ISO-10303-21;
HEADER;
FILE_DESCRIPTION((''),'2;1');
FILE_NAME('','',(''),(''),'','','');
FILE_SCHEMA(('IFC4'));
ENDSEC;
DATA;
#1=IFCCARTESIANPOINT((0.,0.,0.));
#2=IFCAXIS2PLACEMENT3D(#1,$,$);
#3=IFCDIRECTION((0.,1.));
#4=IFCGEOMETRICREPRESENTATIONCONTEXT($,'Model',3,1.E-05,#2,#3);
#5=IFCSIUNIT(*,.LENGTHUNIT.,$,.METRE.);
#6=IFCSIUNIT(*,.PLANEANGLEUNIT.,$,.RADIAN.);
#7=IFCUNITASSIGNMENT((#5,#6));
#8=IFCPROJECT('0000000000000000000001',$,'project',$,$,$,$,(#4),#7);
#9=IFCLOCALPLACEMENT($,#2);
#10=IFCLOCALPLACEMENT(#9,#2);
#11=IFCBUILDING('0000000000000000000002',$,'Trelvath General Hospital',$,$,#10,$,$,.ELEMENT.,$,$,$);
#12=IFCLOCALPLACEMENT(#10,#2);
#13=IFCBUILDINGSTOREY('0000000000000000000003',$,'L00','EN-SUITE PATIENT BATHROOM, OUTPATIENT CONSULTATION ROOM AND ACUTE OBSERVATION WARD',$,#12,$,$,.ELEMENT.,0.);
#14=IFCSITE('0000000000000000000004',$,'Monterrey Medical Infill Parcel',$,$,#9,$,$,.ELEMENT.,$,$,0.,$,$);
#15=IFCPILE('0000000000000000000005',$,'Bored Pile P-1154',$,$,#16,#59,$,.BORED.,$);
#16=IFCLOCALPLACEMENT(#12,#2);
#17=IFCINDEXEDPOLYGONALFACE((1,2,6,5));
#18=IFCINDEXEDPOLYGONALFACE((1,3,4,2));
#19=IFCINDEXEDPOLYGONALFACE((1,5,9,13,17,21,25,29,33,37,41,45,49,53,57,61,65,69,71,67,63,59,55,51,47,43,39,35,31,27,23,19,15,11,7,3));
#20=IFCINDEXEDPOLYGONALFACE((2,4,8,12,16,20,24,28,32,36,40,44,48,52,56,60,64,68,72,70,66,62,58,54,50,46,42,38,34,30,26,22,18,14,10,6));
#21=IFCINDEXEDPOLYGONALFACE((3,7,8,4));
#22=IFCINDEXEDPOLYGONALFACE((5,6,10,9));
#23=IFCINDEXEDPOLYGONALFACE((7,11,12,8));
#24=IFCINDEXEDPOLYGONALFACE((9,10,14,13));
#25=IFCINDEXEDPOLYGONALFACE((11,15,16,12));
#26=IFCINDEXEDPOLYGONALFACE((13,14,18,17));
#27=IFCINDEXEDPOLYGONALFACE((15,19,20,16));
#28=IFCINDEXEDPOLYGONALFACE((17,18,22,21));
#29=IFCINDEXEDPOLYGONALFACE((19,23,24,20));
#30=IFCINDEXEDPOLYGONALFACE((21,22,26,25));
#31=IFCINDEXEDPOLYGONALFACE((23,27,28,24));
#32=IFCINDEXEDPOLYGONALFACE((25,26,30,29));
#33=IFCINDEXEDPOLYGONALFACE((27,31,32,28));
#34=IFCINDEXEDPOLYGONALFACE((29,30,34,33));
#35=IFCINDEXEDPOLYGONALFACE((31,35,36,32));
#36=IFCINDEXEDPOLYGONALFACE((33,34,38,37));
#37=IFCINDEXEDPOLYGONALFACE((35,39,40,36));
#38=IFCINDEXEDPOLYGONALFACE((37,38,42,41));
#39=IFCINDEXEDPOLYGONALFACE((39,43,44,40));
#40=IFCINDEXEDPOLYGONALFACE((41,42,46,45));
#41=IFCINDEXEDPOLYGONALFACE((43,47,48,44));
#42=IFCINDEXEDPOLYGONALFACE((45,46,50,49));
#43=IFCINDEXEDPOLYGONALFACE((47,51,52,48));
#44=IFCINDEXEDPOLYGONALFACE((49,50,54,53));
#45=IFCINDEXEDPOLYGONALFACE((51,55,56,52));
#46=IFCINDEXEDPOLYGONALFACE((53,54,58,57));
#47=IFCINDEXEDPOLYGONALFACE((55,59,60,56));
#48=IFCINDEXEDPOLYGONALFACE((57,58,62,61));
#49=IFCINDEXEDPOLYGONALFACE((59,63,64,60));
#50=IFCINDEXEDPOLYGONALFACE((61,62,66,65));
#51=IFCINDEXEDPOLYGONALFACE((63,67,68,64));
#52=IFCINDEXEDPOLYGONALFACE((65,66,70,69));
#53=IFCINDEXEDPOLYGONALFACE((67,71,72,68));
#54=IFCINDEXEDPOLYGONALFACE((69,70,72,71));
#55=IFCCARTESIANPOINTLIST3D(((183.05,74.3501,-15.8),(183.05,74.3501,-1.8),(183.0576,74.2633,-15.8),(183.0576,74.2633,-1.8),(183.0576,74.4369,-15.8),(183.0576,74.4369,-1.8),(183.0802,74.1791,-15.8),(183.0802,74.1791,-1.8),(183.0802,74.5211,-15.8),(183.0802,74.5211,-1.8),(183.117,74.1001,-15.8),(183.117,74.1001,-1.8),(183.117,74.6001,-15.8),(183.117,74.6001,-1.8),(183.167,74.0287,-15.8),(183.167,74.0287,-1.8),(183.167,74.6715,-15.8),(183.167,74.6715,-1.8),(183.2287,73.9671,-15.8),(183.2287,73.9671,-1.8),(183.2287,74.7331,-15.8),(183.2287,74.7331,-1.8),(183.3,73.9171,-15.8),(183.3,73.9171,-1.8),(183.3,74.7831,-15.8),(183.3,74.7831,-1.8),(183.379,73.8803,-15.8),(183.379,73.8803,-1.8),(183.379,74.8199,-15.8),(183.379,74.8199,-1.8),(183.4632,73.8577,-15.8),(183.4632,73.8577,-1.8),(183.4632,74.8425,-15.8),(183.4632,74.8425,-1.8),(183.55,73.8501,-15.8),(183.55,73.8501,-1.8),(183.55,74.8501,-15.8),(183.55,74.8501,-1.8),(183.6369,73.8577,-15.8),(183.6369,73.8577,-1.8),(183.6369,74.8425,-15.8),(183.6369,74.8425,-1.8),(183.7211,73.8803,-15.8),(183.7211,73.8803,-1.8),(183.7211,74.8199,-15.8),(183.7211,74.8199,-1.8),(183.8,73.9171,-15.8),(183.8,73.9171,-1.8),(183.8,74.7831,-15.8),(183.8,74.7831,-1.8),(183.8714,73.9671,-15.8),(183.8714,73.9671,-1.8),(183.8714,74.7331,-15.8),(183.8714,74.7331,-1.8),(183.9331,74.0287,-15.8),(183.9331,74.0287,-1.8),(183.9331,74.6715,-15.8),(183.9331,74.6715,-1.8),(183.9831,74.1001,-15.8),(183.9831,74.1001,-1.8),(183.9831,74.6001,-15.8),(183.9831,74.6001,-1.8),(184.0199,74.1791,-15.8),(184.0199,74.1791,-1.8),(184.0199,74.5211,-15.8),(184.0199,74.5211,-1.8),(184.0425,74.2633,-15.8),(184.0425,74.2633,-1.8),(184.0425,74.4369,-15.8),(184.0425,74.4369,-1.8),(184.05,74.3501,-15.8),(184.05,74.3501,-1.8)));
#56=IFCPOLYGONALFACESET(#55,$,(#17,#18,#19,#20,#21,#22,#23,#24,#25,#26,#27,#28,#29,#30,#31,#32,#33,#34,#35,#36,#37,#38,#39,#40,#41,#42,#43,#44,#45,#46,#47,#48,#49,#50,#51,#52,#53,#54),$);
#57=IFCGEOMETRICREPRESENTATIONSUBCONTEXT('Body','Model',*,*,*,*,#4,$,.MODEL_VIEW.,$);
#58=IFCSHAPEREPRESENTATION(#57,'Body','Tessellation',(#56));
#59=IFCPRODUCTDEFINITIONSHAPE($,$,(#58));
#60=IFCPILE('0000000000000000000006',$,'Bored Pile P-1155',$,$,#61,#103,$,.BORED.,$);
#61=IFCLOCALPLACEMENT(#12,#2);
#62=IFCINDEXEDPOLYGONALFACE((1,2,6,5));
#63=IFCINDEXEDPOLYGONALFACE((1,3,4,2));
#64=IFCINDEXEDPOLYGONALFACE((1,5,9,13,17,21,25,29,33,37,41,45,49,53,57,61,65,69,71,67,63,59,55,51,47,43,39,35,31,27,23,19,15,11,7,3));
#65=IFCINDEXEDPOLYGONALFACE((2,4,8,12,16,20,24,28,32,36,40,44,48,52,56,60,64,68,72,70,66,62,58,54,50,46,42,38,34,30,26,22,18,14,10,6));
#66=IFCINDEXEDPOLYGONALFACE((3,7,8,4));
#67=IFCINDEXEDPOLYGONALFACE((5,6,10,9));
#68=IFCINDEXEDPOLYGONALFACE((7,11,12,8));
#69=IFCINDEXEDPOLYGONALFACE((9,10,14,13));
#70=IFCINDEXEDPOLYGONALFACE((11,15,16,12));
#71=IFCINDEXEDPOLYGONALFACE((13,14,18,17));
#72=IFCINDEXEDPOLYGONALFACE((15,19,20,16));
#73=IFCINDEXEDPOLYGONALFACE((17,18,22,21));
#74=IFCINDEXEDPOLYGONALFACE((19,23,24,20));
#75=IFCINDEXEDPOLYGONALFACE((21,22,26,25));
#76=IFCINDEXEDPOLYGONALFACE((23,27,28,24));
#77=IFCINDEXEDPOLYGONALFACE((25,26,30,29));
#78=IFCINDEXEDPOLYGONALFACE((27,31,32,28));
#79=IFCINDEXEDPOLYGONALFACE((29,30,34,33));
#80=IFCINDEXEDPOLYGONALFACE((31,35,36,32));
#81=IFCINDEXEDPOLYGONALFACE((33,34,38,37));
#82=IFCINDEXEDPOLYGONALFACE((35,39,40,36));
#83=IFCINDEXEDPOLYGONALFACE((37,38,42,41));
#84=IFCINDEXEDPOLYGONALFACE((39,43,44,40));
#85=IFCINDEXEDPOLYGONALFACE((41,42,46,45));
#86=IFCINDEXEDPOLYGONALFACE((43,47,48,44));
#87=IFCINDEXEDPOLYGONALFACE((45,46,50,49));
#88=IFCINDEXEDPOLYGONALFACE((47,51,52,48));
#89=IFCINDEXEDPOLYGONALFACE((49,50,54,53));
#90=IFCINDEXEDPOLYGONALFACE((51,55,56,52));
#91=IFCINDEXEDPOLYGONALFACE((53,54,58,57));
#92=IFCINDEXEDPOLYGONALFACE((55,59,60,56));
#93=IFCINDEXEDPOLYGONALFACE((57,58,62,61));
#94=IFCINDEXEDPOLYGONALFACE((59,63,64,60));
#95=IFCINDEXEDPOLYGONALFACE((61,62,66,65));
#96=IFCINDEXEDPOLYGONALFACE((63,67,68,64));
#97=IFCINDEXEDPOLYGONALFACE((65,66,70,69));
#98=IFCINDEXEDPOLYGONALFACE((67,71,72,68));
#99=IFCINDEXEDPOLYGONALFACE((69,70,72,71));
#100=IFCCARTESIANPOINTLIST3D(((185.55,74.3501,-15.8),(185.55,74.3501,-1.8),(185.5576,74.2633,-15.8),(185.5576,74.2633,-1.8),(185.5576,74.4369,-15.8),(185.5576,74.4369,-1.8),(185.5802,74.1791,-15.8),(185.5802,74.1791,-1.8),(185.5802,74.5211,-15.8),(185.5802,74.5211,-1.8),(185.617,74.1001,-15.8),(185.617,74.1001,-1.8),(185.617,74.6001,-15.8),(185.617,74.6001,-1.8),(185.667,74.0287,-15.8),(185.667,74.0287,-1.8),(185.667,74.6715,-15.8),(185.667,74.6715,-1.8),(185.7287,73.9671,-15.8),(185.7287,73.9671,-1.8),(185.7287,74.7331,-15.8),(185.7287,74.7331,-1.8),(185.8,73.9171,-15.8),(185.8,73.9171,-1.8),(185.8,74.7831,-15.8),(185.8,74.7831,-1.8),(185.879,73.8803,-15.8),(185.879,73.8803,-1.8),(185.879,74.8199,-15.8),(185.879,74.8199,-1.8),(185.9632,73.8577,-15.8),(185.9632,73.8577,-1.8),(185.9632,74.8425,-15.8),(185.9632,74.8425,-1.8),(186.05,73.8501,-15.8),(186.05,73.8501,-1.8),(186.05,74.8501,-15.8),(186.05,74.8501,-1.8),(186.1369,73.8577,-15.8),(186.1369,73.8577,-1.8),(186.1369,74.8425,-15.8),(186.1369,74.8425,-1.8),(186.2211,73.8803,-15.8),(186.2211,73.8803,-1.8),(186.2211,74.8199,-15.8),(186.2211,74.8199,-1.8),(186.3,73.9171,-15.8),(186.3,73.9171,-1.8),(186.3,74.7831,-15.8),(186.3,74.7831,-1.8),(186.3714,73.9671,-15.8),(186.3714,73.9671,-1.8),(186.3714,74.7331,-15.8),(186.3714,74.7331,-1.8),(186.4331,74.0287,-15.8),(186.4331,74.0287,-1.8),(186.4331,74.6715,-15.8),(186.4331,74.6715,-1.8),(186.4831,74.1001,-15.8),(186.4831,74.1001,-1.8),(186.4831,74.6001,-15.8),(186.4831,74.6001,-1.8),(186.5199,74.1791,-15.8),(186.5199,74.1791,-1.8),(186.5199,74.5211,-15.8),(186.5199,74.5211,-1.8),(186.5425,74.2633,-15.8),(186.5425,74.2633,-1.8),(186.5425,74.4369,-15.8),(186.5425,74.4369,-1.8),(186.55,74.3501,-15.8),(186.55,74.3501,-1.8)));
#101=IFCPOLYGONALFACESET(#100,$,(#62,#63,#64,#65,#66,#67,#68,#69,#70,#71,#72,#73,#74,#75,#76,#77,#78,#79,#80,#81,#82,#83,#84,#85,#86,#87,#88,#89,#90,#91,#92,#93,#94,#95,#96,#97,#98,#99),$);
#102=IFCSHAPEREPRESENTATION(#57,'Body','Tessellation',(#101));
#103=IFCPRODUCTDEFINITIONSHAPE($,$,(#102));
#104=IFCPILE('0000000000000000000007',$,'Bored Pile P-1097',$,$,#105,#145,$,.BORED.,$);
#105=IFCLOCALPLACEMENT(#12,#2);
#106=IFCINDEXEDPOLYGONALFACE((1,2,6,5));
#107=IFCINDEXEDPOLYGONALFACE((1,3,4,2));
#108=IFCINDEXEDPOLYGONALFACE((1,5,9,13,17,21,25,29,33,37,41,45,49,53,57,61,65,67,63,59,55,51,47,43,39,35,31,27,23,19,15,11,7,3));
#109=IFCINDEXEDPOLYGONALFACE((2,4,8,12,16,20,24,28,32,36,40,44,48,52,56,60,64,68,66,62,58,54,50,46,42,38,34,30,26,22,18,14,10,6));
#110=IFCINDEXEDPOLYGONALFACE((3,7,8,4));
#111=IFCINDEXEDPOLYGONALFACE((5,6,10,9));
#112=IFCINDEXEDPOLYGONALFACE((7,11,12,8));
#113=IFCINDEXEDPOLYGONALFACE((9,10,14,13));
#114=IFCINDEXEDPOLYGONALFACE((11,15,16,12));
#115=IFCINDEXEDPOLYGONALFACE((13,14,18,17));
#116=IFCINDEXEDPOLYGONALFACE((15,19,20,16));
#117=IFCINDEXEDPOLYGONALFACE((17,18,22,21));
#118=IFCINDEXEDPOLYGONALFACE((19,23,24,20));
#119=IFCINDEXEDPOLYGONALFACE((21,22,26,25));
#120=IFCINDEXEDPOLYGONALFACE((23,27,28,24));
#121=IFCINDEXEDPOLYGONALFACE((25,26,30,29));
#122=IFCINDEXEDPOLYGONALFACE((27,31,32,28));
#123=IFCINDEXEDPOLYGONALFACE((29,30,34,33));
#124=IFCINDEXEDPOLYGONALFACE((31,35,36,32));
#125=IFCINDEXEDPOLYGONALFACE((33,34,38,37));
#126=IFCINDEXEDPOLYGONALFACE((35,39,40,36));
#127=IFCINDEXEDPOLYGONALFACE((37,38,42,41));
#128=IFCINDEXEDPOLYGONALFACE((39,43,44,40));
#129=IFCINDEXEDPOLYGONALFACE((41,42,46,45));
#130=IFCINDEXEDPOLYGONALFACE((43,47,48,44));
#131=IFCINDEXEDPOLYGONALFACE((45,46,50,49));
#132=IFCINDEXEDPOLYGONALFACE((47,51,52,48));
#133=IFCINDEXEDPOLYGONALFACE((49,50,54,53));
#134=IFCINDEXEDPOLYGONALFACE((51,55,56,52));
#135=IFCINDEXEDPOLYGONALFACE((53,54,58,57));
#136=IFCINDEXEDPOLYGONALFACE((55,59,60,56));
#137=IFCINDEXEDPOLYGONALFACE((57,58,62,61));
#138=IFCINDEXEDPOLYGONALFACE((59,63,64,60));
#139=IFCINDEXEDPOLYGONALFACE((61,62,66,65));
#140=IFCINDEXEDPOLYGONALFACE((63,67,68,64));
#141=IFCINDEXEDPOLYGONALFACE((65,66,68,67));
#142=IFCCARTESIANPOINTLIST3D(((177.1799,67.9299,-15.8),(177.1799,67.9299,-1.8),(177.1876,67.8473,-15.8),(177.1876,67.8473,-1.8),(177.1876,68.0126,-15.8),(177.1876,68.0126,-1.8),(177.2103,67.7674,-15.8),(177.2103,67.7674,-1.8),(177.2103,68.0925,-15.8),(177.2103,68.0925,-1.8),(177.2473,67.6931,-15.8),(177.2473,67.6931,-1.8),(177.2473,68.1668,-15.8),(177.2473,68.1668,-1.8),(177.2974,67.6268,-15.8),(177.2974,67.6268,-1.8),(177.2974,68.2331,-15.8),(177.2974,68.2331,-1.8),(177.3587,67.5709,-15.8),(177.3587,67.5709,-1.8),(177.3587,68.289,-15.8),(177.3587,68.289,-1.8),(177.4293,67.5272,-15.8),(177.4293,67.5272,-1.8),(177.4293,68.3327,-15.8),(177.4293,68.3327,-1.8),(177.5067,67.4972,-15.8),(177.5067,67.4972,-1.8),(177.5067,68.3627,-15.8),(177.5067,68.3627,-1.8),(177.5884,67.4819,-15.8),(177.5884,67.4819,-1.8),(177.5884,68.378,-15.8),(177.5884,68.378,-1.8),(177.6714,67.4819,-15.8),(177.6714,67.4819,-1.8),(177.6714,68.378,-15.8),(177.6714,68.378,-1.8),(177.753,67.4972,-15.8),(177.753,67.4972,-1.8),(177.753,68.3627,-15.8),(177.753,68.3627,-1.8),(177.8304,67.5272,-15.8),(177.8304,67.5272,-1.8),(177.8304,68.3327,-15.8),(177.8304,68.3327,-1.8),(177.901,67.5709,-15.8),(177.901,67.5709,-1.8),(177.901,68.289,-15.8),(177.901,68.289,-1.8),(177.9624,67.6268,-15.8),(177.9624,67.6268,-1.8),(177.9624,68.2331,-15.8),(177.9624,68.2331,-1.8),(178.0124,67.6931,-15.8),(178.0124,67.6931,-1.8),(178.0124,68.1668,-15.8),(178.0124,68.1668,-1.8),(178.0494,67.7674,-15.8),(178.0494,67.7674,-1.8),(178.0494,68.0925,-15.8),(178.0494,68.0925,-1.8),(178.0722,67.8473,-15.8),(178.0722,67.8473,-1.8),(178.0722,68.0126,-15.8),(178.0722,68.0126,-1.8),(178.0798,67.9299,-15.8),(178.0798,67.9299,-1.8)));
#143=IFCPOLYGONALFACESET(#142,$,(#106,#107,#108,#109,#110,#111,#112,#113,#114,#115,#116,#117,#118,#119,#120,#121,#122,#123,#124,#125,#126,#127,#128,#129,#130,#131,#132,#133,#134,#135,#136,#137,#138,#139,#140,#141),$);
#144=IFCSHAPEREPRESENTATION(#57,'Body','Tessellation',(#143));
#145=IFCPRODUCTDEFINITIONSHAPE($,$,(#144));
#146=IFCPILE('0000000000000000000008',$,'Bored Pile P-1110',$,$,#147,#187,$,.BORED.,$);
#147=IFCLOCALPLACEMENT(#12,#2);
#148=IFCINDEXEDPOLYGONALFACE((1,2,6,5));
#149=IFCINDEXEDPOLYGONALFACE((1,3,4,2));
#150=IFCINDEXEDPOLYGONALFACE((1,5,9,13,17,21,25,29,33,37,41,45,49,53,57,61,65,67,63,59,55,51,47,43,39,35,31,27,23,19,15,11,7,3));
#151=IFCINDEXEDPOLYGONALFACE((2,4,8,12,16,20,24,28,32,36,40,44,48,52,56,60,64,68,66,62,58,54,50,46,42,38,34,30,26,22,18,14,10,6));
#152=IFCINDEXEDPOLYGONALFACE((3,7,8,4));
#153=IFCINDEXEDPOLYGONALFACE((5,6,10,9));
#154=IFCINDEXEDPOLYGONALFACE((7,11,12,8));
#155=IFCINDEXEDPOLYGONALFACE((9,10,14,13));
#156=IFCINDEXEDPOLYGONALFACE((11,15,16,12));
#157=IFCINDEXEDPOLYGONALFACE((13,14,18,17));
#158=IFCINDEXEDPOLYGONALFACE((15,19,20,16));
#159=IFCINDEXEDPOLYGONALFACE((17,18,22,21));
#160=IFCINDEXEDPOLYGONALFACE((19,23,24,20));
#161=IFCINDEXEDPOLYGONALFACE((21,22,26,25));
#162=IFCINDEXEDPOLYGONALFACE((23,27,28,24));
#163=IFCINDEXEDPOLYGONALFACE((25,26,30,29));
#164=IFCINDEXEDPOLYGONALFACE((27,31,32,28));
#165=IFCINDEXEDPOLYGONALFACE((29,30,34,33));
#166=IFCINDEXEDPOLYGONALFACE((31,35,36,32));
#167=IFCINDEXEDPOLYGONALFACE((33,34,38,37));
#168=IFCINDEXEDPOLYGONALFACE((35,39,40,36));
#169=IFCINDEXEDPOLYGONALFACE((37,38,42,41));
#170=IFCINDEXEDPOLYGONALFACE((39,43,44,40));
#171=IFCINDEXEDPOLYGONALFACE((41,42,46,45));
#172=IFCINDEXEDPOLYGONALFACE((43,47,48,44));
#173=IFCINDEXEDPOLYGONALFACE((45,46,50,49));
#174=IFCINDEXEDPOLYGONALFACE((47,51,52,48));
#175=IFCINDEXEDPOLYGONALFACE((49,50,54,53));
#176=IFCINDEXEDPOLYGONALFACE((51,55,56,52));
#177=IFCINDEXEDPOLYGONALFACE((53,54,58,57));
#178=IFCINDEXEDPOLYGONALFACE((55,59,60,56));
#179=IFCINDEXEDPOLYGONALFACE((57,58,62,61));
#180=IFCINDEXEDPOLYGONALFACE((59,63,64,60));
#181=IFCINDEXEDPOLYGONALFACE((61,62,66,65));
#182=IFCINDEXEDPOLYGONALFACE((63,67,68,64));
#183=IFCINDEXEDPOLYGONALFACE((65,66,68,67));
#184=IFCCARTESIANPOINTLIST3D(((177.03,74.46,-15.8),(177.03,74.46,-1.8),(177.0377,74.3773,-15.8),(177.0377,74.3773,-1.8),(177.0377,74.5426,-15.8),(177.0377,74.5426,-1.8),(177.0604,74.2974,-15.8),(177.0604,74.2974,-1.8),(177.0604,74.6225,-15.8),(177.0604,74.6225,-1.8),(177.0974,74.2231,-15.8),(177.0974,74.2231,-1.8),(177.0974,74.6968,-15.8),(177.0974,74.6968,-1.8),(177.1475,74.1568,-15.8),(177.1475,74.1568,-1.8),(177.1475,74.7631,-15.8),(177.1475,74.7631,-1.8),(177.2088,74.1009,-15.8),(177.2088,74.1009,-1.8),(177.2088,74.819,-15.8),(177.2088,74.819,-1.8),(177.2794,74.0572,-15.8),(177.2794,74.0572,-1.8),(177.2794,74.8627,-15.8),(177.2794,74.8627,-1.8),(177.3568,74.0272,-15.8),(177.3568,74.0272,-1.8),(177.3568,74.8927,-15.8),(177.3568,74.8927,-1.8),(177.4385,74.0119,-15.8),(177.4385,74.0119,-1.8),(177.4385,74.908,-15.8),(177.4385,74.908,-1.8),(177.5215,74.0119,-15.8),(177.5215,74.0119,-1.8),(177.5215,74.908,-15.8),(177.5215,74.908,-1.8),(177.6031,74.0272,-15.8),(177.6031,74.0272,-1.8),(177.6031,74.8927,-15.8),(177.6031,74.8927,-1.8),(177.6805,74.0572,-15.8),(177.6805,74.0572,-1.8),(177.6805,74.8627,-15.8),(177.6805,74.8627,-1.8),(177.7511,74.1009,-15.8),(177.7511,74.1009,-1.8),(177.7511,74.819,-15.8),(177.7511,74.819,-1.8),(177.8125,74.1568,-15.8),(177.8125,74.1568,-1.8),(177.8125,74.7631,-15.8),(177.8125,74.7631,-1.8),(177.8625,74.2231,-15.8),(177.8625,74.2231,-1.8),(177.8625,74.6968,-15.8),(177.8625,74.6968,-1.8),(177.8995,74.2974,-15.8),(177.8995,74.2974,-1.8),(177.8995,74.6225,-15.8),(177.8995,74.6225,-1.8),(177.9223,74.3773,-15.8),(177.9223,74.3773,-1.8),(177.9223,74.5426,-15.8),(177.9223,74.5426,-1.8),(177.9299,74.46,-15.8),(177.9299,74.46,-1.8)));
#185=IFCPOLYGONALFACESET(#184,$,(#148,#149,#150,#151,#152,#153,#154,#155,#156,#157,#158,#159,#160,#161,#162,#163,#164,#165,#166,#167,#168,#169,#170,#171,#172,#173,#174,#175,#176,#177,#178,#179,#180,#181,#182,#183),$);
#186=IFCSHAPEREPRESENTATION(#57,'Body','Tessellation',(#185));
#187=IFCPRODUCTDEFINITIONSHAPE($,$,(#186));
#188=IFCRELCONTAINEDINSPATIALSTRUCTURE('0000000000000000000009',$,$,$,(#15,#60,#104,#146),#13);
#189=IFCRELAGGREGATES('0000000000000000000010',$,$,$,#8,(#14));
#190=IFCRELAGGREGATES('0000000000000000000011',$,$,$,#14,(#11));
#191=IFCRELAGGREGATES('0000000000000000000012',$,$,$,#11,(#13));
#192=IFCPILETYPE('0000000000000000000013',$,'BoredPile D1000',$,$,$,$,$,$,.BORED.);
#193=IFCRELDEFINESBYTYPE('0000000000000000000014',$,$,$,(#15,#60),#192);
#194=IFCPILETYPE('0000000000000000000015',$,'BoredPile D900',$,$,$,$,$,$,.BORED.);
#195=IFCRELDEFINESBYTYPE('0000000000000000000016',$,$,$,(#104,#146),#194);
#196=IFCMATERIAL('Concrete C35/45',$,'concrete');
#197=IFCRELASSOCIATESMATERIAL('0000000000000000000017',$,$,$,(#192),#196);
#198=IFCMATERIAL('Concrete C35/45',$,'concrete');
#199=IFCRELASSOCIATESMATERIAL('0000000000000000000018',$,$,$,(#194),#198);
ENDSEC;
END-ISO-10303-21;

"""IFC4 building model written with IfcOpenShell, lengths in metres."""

from ifc_helpers import new_model, si_unit, direction, frame, origin, origin_2d, place, context, subcontext, project, spatial, circle, extrude, material, material_profile, profile_set, type_object, element, save


model = new_model("IFC4")

# Units and contexts
model_context = context("Model", 3, precision=1e-05, world=origin(), true_north=direction((0.0, 1.0)))
body_context = subcontext(model_context, "Body", "Model", "MODEL_VIEW")
ifc_project = project(units=[si_unit("LENGTHUNIT", "METRE"), si_unit("PLANEANGLEUNIT", "RADIAN")], contexts=[model_context])

# Site, building, storey
site_placement = place(None, origin())
site = spatial("IfcSite", under=ifc_project, at=site_placement, Name="Monterrey Medical Infill Parcel", CompositionType="ELEMENT", RefElevation=0.0)
building_placement = place(site_placement, origin())
building = spatial("IfcBuilding", under=site, at=building_placement, Name="Trelvath General Hospital", CompositionType="ELEMENT")
storey_placement = place(building_placement, origin())
storey = spatial("IfcBuildingStorey", under=building, at=storey_placement, Name="L00", Description="EN-SUITE PATIENT BATHROOM, OUTPATIENT CONSULTATION ROOM AND ACUTE OBSERVATION WARD", CompositionType="ELEMENT", Elevation=0.0)

# Piles
ifc_material_1 = material(Name="Concrete C35/45", Category="concrete")
ifc_material_profile_1 = material_profile(ifc_material_1, circle(Radius=0.5, at=origin_2d()), Name="PILE1000")
ifc_profile_set_1 = profile_set([ifc_material_profile_1], Name="Concrete C35/45")
pile_type_1 = type_object("IfcPileType", Name="BoredPile D1000", PredefinedType="BORED", material=ifc_profile_set_1)
for number, where, z_axis, x_axis, name in (
    (1, (183.55, 74.3501, -1.8), (0.0, 0.0, -1.0), (1.0, 0.0, 0.0), "Bored Pile P-1154"),
    (2, (186.05, 74.3501, -1.8), (0.0, 0.0, -1.0), (1.0, 0.0, 0.0), "Bored Pile P-1155"),
):
    element("IfcPile", number, at=place(storey_placement, frame(where, z_axis=z_axis, x_axis=x_axis)), inside=storey, type_object=pile_type_1, Name=name, PredefinedType="BORED", context=body_context, shape_type="SweptSolid", body=[
        extrude(circle(Radius=0.5, at=origin_2d()), origin(), (0.0, 0.0, 1.0), 14.0),
    ])
ifc_material_2 = material(Name="Concrete C35/45", Category="concrete")
ifc_material_profile_2 = material_profile(ifc_material_2, circle(Radius=0.45, at=origin_2d()), Name="PILE900")
ifc_profile_set_2 = profile_set([ifc_material_profile_2], Name="Concrete C35/45")
pile_type_2 = type_object("IfcPileType", Name="BoredPile D900", PredefinedType="BORED", material=ifc_profile_set_2)
for number, where, z_axis, x_axis, name in (
    (3, (177.6299, 67.9299, -1.8), (0.0, 0.0, -1.0), (1.0, 0.0, 0.0), "Bored Pile P-1097"),
    (4, (177.48, 74.46, -1.8), (0.0, 0.0, -1.0), (1.0, 0.0, 0.0), "Bored Pile P-1110"),
):
    element("IfcPile", number, at=place(storey_placement, frame(where, z_axis=z_axis, x_axis=x_axis)), inside=storey, type_object=pile_type_2, Name=name, PredefinedType="BORED", context=body_context, shape_type="SweptSolid", body=[
        extrude(circle(Radius=0.45, at=origin_2d()), origin(), (0.0, 0.0, 1.0), 14.0),
    ])

save(model, "model.ifc")
